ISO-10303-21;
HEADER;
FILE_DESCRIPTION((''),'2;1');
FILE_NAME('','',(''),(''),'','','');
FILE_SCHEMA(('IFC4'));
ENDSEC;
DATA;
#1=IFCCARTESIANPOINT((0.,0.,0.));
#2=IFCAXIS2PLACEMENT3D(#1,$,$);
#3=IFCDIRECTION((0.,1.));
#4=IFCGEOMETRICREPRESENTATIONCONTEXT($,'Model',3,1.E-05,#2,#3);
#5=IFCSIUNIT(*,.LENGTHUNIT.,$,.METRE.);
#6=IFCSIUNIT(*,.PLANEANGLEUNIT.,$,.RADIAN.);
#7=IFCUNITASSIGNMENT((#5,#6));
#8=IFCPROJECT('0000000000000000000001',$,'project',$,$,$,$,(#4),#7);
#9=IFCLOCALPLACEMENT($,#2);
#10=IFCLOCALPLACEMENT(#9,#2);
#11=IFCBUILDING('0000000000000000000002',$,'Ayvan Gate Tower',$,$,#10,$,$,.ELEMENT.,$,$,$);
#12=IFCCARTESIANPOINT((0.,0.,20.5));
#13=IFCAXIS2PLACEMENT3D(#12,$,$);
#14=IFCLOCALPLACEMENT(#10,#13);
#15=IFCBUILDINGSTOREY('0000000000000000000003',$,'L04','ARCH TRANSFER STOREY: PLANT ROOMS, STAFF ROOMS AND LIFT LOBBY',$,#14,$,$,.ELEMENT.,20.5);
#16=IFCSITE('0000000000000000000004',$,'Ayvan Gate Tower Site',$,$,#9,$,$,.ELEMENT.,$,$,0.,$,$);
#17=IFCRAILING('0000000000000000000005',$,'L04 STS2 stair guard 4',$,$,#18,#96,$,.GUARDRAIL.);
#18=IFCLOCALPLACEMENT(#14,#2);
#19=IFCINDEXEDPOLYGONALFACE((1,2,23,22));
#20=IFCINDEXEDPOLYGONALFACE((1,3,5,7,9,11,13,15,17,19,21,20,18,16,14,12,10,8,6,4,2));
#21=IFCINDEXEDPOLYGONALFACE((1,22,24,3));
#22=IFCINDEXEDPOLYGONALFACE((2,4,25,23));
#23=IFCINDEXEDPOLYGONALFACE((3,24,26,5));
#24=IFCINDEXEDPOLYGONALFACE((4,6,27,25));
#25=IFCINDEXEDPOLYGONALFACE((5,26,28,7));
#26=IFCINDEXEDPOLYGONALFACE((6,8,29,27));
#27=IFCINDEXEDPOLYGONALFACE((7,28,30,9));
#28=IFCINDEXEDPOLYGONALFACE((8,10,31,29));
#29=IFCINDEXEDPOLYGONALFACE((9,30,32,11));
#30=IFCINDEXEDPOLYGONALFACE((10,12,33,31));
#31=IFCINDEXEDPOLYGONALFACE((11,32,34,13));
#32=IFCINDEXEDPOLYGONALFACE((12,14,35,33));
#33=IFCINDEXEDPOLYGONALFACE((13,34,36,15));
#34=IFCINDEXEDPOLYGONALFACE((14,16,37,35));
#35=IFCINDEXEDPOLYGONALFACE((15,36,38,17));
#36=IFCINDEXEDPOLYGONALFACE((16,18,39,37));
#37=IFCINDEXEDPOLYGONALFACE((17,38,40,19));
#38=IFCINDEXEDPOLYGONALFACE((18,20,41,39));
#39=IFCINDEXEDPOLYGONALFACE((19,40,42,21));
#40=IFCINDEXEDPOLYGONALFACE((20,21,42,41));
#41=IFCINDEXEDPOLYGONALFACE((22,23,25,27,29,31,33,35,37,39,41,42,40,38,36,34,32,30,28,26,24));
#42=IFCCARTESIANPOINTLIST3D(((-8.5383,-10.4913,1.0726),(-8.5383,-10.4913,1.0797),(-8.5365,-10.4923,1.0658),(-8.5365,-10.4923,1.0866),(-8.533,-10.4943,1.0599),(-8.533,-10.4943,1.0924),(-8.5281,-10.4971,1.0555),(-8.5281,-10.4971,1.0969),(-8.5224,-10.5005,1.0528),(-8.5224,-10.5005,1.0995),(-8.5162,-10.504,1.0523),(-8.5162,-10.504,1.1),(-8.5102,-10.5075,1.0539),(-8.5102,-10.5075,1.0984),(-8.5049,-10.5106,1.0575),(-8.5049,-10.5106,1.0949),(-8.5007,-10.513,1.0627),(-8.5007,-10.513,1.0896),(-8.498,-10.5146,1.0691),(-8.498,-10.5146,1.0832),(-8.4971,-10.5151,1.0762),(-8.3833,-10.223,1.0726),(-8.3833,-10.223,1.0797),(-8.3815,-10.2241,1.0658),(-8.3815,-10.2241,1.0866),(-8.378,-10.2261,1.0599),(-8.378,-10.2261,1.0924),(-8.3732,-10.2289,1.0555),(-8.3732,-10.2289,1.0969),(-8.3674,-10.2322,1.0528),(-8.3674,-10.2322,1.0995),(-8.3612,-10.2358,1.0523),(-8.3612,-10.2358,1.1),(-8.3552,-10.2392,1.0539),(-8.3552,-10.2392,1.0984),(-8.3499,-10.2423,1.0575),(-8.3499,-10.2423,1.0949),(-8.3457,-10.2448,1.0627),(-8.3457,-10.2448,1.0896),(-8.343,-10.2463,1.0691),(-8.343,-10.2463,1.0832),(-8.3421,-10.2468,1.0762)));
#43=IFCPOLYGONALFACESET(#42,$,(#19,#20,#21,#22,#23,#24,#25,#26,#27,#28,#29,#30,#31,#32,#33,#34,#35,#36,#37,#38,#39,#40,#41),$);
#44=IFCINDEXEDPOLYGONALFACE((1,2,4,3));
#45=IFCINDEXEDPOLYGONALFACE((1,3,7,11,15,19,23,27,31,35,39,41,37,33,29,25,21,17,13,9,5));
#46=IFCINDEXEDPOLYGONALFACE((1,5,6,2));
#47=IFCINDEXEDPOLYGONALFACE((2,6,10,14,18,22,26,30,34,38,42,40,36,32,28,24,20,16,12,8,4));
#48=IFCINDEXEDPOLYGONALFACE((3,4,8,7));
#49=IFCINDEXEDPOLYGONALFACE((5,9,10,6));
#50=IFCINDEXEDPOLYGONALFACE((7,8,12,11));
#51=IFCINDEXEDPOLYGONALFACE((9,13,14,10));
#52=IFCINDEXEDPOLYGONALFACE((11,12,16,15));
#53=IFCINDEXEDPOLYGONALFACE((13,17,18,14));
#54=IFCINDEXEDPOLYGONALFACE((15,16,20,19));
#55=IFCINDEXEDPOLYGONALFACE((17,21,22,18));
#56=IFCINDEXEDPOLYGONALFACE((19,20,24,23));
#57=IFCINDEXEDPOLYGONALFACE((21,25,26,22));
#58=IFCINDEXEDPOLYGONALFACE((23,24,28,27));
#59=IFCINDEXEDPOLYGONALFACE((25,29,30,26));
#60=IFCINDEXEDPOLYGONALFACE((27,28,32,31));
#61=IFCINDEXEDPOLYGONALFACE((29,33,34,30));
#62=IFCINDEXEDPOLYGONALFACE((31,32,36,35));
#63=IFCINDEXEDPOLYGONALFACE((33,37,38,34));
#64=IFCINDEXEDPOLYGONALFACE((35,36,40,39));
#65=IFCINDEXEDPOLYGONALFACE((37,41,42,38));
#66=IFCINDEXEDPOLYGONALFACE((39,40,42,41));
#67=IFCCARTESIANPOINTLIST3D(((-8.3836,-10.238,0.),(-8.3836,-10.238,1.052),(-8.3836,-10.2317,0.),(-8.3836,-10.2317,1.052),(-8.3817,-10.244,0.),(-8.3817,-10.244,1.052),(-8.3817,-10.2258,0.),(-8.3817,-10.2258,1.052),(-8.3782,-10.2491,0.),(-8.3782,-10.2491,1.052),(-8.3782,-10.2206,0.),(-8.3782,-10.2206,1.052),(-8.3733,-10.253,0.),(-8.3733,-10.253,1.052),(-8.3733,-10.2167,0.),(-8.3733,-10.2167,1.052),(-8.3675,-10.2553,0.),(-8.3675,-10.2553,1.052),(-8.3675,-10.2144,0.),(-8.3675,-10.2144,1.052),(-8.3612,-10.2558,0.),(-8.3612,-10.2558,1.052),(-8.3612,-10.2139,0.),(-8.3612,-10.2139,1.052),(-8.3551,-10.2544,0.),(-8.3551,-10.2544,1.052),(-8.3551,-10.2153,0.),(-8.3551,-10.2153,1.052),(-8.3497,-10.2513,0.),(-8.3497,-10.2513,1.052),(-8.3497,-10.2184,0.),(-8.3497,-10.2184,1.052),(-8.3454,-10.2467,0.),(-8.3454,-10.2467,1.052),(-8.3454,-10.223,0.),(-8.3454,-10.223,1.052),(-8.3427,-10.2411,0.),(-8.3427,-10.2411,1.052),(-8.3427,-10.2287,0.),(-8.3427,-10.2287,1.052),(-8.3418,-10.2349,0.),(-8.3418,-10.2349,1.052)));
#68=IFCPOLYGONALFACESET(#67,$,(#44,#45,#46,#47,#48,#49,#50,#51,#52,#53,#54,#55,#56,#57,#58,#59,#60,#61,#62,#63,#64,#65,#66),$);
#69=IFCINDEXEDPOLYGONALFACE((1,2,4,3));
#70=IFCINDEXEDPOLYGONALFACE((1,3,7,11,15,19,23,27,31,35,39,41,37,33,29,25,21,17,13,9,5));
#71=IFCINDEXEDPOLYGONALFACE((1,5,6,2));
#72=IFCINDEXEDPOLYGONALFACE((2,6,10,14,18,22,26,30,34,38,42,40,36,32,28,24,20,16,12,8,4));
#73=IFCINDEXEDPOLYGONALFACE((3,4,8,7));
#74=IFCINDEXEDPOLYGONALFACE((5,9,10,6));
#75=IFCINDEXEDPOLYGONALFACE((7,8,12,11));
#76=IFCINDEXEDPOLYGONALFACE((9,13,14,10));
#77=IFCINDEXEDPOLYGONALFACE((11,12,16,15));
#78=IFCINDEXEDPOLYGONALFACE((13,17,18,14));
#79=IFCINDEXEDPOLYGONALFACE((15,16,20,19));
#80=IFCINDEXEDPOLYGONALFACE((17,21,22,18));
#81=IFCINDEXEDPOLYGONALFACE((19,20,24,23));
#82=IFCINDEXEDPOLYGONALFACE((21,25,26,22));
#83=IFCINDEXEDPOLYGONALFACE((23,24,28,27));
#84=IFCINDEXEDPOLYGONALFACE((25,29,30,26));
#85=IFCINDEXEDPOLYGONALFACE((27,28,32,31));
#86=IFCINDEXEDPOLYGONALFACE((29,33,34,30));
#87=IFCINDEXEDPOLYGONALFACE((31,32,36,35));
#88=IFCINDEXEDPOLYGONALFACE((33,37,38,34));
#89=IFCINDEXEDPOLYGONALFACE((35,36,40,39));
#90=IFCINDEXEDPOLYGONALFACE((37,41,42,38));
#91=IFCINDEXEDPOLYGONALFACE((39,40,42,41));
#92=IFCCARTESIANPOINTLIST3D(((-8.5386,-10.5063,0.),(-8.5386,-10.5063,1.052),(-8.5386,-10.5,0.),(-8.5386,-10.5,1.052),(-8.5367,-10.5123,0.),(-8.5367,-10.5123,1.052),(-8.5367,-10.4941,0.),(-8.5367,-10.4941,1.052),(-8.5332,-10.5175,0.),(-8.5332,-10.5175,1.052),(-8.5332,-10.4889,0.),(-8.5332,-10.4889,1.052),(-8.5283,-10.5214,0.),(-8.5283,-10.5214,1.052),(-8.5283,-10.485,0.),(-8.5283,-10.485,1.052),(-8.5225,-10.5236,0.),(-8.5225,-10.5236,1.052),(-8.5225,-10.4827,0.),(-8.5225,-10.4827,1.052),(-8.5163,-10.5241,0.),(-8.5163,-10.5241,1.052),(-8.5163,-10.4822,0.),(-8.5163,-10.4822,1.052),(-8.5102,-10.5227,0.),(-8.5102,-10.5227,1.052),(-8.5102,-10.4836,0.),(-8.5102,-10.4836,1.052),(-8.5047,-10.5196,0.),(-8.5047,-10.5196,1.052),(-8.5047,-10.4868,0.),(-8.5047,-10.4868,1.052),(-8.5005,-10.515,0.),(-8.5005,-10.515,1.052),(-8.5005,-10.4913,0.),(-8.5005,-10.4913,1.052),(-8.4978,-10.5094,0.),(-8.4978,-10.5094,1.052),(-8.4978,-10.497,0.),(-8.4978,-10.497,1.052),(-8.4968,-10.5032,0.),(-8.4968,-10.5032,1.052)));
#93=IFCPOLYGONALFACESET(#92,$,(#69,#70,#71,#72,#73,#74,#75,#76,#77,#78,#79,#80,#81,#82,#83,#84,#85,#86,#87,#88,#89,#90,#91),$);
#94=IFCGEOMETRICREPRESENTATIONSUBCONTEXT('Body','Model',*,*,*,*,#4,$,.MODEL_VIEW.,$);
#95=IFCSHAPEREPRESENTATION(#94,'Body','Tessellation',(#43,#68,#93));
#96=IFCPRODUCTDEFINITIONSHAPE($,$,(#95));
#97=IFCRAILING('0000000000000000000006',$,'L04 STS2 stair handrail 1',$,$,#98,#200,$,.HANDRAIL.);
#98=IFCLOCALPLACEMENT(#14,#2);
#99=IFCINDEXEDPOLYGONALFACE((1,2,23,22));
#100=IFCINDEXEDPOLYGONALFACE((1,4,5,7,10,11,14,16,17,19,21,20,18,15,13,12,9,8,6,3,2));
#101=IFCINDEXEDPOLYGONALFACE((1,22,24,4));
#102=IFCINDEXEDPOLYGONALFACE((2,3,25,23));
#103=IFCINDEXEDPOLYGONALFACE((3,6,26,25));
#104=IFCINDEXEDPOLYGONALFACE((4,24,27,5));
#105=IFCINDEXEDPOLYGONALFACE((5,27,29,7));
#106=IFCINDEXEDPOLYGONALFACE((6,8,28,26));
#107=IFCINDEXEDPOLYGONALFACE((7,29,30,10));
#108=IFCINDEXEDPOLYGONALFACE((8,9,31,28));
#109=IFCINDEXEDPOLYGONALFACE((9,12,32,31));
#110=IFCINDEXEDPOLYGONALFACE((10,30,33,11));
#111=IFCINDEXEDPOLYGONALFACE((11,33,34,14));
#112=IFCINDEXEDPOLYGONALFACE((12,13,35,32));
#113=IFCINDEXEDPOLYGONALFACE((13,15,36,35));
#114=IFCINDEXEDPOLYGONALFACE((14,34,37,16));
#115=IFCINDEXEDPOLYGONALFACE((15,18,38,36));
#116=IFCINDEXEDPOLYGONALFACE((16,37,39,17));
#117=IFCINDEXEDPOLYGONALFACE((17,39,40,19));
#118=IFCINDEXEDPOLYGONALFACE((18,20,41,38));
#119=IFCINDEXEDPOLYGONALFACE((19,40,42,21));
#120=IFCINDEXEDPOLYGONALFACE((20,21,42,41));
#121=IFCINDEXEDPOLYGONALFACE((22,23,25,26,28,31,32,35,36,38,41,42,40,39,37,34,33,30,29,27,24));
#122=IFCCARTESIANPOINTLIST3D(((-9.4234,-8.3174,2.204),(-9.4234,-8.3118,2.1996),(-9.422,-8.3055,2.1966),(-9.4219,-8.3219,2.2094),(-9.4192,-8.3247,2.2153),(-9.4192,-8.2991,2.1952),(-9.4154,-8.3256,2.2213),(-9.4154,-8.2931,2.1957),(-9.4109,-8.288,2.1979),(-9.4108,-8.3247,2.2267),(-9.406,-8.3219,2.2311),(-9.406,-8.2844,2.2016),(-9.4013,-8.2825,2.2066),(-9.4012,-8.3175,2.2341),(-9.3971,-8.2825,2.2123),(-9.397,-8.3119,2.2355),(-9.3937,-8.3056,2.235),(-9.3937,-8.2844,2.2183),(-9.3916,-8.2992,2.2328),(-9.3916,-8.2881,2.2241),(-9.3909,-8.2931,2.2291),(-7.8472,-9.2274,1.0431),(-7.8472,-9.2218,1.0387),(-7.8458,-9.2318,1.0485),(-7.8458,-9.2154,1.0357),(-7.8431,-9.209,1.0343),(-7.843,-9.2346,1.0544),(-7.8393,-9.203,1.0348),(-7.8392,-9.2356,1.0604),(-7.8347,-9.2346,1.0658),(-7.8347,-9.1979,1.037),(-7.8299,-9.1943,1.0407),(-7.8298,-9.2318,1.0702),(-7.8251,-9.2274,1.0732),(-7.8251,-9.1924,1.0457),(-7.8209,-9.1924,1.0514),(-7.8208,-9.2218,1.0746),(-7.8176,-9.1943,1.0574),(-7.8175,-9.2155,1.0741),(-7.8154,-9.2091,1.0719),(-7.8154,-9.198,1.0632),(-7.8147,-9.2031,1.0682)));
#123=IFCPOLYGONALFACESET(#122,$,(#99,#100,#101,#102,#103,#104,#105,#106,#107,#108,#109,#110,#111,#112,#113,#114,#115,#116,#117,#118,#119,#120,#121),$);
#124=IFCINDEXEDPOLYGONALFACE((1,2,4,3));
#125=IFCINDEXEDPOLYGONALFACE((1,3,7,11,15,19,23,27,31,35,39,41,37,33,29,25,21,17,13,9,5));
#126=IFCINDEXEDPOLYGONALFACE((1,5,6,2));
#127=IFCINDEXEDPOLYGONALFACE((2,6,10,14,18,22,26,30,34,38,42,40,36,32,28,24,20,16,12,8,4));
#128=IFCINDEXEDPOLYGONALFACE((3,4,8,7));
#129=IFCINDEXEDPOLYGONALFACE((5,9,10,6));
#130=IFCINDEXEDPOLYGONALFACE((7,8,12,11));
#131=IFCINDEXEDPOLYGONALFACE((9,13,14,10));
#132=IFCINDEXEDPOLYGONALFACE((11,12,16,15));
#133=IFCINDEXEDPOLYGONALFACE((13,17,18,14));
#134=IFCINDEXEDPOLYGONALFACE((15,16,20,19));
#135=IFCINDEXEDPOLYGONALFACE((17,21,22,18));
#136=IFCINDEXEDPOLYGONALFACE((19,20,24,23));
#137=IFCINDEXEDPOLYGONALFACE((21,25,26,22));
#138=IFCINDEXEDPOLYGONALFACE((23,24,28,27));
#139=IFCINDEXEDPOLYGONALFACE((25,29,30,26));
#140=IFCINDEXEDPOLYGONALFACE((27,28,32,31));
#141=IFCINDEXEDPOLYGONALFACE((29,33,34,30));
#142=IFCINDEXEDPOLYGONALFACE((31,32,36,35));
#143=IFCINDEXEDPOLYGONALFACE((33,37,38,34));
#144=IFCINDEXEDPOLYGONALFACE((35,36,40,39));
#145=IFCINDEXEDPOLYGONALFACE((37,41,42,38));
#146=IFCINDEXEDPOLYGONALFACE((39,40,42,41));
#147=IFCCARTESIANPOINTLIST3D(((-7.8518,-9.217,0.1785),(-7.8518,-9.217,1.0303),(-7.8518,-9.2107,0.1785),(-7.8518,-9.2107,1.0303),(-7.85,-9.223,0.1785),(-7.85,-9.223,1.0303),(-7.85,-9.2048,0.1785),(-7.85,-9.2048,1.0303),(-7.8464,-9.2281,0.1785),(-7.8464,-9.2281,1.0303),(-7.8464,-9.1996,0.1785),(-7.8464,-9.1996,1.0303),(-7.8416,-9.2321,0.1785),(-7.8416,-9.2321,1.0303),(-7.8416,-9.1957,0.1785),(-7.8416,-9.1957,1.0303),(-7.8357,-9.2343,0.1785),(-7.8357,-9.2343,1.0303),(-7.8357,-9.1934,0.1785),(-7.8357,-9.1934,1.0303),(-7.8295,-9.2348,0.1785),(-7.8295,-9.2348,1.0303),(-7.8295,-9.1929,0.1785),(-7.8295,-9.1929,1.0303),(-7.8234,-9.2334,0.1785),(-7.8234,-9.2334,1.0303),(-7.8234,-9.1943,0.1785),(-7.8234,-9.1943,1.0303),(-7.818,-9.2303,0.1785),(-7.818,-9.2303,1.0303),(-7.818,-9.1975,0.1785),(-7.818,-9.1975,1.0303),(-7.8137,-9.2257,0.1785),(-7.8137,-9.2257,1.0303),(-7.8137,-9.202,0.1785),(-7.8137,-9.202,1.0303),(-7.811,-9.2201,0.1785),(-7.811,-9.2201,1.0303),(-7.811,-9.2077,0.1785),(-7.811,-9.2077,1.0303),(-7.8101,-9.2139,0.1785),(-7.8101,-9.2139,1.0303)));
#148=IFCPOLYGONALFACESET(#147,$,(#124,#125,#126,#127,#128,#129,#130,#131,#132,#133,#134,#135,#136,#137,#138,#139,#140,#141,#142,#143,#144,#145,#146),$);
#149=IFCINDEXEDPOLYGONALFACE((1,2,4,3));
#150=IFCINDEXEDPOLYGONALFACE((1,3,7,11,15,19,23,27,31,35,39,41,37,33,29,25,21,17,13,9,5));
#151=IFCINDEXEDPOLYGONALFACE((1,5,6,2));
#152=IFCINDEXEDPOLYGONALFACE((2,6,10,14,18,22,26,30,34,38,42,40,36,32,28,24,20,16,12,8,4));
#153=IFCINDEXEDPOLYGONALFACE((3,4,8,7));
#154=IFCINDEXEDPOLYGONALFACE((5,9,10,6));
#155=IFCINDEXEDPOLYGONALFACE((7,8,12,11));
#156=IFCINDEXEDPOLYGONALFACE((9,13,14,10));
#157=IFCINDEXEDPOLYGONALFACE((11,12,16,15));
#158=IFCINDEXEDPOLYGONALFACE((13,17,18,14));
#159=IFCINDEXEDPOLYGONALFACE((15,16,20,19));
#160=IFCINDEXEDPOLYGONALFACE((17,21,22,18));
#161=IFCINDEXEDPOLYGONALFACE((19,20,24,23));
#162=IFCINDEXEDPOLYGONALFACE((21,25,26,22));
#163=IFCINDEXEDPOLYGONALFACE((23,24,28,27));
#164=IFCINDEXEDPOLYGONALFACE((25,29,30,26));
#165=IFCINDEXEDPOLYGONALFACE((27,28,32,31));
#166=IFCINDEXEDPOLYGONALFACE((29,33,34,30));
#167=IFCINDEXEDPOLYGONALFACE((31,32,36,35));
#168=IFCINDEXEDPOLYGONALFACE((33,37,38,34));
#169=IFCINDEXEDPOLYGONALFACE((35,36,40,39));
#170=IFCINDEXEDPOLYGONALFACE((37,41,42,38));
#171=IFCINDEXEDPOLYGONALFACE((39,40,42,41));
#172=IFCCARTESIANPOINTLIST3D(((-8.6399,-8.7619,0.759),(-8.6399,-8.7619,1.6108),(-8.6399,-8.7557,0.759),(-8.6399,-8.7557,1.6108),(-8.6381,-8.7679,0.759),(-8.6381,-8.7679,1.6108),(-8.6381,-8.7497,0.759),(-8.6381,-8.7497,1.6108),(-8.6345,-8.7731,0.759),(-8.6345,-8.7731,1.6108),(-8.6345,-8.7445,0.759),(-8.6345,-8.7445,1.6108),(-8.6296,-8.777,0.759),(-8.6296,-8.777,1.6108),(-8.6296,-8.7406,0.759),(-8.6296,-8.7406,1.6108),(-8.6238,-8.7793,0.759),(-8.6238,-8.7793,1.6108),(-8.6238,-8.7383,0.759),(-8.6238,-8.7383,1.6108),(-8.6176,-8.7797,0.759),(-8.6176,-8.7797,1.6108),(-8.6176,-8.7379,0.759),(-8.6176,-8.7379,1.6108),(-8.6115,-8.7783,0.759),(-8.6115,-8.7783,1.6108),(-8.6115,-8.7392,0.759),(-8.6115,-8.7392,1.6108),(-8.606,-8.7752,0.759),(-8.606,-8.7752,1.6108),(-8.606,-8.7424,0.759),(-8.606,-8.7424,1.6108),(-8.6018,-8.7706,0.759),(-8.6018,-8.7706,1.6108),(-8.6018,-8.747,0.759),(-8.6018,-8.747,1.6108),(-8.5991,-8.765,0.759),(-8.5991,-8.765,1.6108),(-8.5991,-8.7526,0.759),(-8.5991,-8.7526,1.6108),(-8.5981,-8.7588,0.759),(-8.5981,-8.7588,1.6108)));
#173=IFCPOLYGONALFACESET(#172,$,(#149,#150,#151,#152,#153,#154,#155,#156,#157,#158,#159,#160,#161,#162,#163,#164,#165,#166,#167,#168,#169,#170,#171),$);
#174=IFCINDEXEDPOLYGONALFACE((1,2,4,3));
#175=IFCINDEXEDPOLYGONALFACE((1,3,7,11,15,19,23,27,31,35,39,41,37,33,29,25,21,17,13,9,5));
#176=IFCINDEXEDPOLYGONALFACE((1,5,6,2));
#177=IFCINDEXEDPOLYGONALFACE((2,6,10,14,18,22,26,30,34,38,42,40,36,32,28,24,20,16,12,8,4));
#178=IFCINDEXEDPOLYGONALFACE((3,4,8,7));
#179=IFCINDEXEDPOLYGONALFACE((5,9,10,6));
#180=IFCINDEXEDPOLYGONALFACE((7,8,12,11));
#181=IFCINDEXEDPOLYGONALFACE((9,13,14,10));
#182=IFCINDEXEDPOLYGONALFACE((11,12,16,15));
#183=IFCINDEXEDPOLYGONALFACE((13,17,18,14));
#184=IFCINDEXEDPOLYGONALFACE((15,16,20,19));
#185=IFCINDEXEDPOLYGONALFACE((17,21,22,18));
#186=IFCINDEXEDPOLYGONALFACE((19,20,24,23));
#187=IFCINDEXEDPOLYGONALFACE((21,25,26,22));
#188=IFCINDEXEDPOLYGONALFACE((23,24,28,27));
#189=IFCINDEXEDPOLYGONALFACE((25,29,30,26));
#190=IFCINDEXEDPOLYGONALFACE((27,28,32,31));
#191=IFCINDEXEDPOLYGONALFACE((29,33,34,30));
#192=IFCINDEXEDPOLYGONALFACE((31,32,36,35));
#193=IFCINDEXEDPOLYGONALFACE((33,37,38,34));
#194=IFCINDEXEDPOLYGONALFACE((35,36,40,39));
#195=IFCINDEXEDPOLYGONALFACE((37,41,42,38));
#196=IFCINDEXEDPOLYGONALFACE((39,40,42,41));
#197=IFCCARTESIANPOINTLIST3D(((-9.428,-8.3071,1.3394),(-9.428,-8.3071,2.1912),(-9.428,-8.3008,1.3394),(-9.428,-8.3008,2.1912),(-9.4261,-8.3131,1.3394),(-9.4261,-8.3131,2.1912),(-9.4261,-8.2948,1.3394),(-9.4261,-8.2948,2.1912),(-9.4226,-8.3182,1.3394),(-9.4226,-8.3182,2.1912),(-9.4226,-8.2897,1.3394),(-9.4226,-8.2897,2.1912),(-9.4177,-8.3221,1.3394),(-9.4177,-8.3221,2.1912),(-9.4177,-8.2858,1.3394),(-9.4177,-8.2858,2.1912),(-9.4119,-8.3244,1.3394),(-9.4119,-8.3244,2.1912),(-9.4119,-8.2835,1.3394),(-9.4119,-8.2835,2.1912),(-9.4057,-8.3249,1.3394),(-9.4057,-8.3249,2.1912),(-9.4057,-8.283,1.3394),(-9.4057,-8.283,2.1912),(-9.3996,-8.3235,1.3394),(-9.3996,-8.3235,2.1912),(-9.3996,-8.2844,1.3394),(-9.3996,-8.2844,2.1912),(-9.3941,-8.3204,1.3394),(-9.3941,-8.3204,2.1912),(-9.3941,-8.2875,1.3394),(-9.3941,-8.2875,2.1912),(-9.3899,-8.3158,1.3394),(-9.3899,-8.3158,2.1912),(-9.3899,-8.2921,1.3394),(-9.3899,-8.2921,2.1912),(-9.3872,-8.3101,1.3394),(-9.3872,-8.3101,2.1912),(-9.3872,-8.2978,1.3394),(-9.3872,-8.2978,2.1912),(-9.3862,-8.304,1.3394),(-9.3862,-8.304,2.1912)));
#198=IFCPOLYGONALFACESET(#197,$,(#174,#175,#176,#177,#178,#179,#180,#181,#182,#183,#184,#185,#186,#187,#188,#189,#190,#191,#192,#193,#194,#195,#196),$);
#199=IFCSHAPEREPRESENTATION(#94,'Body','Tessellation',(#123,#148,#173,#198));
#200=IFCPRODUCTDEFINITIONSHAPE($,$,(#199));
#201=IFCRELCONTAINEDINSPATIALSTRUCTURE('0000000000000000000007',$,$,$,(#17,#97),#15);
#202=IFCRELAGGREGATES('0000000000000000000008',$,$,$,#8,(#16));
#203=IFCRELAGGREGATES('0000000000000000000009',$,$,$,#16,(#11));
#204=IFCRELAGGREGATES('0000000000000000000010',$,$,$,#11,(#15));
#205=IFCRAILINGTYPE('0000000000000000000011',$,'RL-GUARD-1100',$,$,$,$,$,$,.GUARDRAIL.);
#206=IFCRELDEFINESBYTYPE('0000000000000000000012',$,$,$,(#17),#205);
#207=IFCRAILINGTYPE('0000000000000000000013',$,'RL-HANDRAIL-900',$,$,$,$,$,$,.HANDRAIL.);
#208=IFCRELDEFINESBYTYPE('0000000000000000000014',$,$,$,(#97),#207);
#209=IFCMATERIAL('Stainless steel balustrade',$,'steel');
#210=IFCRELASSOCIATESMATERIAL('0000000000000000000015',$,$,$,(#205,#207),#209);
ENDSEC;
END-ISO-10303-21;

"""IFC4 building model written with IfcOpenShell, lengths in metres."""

from ifc_helpers import new_model, si_unit, direction, frame, origin, origin_2d, place, context, subcontext, project, spatial, circle, extrude, material, type_object, element, save


model = new_model("IFC4")

# Units and contexts
model_context = context("Model", 3, precision=1e-05, world=origin(), true_north=direction((0.0, 1.0)))
body_context = subcontext(model_context, "Body", "Model", "MODEL_VIEW")
ifc_project = project(units=[si_unit("LENGTHUNIT", "METRE"), si_unit("PLANEANGLEUNIT", "RADIAN")], contexts=[model_context])

# Site, building, storey
site_placement = place(None, origin())
site = spatial("IfcSite", under=ifc_project, at=site_placement, Name="Ayvan Gate Tower Site", CompositionType="ELEMENT", RefElevation=0.0)
building_placement = place(site_placement, origin())
building = spatial("IfcBuilding", under=site, at=building_placement, Name="Ayvan Gate Tower", CompositionType="ELEMENT")
storey_placement = place(building_placement, frame((0.0, 0.0, 20.5)))
storey = spatial("IfcBuildingStorey", under=building, at=storey_placement, Name="L04", Description="ARCH TRANSFER STOREY: PLANT ROOMS, STAFF ROOMS AND LIFT LOBBY", CompositionType="ELEMENT", Elevation=20.5)

# Railings
ifc_material_1 = material(Name="Stainless steel balustrade", Category="steel")
railing_type_1 = type_object("IfcRailingType", Name="RL-GUARD-1100", PredefinedType="GUARDRAIL", material=ifc_material_1)
railing_1_placement = place(storey_placement, frame((-8.3628, -10.2349, 0.0)))
element("IfcRailing", 1, at=railing_1_placement, inside=storey, type_object=railing_type_1, Name="L04 STS2 stair guard 4", PredefinedType="GUARDRAIL", context=body_context, shape_type="SweptSolid", body=[
    extrude(circle(Radius=0.0239, at=origin_2d()), frame((0.0, 0.0, 1.0762), z_axis=(-0.500291, -0.865857, 0.0), x_axis=(0.865857, -0.500291, 0.0)), (0.0, 0.0, 1.0), 0.3098),
    extrude(circle(Radius=0.021, at=origin_2d()), origin(), (0.0, 0.0, 1.0), 1.052),
    extrude(circle(Radius=0.021, at=origin_2d()), frame((-0.155, -0.2683, 0.0)), (0.0, 0.0, 1.0), 1.052),
])
railing_type_2 = type_object("IfcRailingType", Name="RL-HANDRAIL-900", PredefinedType="HANDRAIL", material=ifc_material_1)
railing_2_placement = place(storey_placement, frame((-7.8311, -9.2139, 0.1785)))
element("IfcRailing", 2, at=railing_2_placement, inside=storey, type_object=railing_type_2, Name="L04 STS2 stair handrail 1", PredefinedType="HANDRAIL", context=body_context, shape_type="SweptSolid", body=[
    extrude(circle(Radius=0.0239, at=origin_2d()), frame((0.0, 0.0, 0.876), z_axis=(-0.730154, 0.421512, 0.537776), x_axis=(-0.499962, -0.866047, 0.0)), (0.0, 0.0, 1.0), 2.1587),
    extrude(circle(Radius=0.021, at=origin_2d()), origin(), (0.0, 0.0, 1.0), 0.8518),
    extrude(circle(Radius=0.021, at=origin_2d()), frame((-0.7881, 0.4551, 0.5806)), (0.0, 0.0, 1.0), 0.8518),
    extrude(circle(Radius=0.021, at=origin_2d()), frame((-1.5762, 0.9099, 1.1609)), (0.0, 0.0, 1.0), 0.8518),
])

save(model, "model.ifc")
